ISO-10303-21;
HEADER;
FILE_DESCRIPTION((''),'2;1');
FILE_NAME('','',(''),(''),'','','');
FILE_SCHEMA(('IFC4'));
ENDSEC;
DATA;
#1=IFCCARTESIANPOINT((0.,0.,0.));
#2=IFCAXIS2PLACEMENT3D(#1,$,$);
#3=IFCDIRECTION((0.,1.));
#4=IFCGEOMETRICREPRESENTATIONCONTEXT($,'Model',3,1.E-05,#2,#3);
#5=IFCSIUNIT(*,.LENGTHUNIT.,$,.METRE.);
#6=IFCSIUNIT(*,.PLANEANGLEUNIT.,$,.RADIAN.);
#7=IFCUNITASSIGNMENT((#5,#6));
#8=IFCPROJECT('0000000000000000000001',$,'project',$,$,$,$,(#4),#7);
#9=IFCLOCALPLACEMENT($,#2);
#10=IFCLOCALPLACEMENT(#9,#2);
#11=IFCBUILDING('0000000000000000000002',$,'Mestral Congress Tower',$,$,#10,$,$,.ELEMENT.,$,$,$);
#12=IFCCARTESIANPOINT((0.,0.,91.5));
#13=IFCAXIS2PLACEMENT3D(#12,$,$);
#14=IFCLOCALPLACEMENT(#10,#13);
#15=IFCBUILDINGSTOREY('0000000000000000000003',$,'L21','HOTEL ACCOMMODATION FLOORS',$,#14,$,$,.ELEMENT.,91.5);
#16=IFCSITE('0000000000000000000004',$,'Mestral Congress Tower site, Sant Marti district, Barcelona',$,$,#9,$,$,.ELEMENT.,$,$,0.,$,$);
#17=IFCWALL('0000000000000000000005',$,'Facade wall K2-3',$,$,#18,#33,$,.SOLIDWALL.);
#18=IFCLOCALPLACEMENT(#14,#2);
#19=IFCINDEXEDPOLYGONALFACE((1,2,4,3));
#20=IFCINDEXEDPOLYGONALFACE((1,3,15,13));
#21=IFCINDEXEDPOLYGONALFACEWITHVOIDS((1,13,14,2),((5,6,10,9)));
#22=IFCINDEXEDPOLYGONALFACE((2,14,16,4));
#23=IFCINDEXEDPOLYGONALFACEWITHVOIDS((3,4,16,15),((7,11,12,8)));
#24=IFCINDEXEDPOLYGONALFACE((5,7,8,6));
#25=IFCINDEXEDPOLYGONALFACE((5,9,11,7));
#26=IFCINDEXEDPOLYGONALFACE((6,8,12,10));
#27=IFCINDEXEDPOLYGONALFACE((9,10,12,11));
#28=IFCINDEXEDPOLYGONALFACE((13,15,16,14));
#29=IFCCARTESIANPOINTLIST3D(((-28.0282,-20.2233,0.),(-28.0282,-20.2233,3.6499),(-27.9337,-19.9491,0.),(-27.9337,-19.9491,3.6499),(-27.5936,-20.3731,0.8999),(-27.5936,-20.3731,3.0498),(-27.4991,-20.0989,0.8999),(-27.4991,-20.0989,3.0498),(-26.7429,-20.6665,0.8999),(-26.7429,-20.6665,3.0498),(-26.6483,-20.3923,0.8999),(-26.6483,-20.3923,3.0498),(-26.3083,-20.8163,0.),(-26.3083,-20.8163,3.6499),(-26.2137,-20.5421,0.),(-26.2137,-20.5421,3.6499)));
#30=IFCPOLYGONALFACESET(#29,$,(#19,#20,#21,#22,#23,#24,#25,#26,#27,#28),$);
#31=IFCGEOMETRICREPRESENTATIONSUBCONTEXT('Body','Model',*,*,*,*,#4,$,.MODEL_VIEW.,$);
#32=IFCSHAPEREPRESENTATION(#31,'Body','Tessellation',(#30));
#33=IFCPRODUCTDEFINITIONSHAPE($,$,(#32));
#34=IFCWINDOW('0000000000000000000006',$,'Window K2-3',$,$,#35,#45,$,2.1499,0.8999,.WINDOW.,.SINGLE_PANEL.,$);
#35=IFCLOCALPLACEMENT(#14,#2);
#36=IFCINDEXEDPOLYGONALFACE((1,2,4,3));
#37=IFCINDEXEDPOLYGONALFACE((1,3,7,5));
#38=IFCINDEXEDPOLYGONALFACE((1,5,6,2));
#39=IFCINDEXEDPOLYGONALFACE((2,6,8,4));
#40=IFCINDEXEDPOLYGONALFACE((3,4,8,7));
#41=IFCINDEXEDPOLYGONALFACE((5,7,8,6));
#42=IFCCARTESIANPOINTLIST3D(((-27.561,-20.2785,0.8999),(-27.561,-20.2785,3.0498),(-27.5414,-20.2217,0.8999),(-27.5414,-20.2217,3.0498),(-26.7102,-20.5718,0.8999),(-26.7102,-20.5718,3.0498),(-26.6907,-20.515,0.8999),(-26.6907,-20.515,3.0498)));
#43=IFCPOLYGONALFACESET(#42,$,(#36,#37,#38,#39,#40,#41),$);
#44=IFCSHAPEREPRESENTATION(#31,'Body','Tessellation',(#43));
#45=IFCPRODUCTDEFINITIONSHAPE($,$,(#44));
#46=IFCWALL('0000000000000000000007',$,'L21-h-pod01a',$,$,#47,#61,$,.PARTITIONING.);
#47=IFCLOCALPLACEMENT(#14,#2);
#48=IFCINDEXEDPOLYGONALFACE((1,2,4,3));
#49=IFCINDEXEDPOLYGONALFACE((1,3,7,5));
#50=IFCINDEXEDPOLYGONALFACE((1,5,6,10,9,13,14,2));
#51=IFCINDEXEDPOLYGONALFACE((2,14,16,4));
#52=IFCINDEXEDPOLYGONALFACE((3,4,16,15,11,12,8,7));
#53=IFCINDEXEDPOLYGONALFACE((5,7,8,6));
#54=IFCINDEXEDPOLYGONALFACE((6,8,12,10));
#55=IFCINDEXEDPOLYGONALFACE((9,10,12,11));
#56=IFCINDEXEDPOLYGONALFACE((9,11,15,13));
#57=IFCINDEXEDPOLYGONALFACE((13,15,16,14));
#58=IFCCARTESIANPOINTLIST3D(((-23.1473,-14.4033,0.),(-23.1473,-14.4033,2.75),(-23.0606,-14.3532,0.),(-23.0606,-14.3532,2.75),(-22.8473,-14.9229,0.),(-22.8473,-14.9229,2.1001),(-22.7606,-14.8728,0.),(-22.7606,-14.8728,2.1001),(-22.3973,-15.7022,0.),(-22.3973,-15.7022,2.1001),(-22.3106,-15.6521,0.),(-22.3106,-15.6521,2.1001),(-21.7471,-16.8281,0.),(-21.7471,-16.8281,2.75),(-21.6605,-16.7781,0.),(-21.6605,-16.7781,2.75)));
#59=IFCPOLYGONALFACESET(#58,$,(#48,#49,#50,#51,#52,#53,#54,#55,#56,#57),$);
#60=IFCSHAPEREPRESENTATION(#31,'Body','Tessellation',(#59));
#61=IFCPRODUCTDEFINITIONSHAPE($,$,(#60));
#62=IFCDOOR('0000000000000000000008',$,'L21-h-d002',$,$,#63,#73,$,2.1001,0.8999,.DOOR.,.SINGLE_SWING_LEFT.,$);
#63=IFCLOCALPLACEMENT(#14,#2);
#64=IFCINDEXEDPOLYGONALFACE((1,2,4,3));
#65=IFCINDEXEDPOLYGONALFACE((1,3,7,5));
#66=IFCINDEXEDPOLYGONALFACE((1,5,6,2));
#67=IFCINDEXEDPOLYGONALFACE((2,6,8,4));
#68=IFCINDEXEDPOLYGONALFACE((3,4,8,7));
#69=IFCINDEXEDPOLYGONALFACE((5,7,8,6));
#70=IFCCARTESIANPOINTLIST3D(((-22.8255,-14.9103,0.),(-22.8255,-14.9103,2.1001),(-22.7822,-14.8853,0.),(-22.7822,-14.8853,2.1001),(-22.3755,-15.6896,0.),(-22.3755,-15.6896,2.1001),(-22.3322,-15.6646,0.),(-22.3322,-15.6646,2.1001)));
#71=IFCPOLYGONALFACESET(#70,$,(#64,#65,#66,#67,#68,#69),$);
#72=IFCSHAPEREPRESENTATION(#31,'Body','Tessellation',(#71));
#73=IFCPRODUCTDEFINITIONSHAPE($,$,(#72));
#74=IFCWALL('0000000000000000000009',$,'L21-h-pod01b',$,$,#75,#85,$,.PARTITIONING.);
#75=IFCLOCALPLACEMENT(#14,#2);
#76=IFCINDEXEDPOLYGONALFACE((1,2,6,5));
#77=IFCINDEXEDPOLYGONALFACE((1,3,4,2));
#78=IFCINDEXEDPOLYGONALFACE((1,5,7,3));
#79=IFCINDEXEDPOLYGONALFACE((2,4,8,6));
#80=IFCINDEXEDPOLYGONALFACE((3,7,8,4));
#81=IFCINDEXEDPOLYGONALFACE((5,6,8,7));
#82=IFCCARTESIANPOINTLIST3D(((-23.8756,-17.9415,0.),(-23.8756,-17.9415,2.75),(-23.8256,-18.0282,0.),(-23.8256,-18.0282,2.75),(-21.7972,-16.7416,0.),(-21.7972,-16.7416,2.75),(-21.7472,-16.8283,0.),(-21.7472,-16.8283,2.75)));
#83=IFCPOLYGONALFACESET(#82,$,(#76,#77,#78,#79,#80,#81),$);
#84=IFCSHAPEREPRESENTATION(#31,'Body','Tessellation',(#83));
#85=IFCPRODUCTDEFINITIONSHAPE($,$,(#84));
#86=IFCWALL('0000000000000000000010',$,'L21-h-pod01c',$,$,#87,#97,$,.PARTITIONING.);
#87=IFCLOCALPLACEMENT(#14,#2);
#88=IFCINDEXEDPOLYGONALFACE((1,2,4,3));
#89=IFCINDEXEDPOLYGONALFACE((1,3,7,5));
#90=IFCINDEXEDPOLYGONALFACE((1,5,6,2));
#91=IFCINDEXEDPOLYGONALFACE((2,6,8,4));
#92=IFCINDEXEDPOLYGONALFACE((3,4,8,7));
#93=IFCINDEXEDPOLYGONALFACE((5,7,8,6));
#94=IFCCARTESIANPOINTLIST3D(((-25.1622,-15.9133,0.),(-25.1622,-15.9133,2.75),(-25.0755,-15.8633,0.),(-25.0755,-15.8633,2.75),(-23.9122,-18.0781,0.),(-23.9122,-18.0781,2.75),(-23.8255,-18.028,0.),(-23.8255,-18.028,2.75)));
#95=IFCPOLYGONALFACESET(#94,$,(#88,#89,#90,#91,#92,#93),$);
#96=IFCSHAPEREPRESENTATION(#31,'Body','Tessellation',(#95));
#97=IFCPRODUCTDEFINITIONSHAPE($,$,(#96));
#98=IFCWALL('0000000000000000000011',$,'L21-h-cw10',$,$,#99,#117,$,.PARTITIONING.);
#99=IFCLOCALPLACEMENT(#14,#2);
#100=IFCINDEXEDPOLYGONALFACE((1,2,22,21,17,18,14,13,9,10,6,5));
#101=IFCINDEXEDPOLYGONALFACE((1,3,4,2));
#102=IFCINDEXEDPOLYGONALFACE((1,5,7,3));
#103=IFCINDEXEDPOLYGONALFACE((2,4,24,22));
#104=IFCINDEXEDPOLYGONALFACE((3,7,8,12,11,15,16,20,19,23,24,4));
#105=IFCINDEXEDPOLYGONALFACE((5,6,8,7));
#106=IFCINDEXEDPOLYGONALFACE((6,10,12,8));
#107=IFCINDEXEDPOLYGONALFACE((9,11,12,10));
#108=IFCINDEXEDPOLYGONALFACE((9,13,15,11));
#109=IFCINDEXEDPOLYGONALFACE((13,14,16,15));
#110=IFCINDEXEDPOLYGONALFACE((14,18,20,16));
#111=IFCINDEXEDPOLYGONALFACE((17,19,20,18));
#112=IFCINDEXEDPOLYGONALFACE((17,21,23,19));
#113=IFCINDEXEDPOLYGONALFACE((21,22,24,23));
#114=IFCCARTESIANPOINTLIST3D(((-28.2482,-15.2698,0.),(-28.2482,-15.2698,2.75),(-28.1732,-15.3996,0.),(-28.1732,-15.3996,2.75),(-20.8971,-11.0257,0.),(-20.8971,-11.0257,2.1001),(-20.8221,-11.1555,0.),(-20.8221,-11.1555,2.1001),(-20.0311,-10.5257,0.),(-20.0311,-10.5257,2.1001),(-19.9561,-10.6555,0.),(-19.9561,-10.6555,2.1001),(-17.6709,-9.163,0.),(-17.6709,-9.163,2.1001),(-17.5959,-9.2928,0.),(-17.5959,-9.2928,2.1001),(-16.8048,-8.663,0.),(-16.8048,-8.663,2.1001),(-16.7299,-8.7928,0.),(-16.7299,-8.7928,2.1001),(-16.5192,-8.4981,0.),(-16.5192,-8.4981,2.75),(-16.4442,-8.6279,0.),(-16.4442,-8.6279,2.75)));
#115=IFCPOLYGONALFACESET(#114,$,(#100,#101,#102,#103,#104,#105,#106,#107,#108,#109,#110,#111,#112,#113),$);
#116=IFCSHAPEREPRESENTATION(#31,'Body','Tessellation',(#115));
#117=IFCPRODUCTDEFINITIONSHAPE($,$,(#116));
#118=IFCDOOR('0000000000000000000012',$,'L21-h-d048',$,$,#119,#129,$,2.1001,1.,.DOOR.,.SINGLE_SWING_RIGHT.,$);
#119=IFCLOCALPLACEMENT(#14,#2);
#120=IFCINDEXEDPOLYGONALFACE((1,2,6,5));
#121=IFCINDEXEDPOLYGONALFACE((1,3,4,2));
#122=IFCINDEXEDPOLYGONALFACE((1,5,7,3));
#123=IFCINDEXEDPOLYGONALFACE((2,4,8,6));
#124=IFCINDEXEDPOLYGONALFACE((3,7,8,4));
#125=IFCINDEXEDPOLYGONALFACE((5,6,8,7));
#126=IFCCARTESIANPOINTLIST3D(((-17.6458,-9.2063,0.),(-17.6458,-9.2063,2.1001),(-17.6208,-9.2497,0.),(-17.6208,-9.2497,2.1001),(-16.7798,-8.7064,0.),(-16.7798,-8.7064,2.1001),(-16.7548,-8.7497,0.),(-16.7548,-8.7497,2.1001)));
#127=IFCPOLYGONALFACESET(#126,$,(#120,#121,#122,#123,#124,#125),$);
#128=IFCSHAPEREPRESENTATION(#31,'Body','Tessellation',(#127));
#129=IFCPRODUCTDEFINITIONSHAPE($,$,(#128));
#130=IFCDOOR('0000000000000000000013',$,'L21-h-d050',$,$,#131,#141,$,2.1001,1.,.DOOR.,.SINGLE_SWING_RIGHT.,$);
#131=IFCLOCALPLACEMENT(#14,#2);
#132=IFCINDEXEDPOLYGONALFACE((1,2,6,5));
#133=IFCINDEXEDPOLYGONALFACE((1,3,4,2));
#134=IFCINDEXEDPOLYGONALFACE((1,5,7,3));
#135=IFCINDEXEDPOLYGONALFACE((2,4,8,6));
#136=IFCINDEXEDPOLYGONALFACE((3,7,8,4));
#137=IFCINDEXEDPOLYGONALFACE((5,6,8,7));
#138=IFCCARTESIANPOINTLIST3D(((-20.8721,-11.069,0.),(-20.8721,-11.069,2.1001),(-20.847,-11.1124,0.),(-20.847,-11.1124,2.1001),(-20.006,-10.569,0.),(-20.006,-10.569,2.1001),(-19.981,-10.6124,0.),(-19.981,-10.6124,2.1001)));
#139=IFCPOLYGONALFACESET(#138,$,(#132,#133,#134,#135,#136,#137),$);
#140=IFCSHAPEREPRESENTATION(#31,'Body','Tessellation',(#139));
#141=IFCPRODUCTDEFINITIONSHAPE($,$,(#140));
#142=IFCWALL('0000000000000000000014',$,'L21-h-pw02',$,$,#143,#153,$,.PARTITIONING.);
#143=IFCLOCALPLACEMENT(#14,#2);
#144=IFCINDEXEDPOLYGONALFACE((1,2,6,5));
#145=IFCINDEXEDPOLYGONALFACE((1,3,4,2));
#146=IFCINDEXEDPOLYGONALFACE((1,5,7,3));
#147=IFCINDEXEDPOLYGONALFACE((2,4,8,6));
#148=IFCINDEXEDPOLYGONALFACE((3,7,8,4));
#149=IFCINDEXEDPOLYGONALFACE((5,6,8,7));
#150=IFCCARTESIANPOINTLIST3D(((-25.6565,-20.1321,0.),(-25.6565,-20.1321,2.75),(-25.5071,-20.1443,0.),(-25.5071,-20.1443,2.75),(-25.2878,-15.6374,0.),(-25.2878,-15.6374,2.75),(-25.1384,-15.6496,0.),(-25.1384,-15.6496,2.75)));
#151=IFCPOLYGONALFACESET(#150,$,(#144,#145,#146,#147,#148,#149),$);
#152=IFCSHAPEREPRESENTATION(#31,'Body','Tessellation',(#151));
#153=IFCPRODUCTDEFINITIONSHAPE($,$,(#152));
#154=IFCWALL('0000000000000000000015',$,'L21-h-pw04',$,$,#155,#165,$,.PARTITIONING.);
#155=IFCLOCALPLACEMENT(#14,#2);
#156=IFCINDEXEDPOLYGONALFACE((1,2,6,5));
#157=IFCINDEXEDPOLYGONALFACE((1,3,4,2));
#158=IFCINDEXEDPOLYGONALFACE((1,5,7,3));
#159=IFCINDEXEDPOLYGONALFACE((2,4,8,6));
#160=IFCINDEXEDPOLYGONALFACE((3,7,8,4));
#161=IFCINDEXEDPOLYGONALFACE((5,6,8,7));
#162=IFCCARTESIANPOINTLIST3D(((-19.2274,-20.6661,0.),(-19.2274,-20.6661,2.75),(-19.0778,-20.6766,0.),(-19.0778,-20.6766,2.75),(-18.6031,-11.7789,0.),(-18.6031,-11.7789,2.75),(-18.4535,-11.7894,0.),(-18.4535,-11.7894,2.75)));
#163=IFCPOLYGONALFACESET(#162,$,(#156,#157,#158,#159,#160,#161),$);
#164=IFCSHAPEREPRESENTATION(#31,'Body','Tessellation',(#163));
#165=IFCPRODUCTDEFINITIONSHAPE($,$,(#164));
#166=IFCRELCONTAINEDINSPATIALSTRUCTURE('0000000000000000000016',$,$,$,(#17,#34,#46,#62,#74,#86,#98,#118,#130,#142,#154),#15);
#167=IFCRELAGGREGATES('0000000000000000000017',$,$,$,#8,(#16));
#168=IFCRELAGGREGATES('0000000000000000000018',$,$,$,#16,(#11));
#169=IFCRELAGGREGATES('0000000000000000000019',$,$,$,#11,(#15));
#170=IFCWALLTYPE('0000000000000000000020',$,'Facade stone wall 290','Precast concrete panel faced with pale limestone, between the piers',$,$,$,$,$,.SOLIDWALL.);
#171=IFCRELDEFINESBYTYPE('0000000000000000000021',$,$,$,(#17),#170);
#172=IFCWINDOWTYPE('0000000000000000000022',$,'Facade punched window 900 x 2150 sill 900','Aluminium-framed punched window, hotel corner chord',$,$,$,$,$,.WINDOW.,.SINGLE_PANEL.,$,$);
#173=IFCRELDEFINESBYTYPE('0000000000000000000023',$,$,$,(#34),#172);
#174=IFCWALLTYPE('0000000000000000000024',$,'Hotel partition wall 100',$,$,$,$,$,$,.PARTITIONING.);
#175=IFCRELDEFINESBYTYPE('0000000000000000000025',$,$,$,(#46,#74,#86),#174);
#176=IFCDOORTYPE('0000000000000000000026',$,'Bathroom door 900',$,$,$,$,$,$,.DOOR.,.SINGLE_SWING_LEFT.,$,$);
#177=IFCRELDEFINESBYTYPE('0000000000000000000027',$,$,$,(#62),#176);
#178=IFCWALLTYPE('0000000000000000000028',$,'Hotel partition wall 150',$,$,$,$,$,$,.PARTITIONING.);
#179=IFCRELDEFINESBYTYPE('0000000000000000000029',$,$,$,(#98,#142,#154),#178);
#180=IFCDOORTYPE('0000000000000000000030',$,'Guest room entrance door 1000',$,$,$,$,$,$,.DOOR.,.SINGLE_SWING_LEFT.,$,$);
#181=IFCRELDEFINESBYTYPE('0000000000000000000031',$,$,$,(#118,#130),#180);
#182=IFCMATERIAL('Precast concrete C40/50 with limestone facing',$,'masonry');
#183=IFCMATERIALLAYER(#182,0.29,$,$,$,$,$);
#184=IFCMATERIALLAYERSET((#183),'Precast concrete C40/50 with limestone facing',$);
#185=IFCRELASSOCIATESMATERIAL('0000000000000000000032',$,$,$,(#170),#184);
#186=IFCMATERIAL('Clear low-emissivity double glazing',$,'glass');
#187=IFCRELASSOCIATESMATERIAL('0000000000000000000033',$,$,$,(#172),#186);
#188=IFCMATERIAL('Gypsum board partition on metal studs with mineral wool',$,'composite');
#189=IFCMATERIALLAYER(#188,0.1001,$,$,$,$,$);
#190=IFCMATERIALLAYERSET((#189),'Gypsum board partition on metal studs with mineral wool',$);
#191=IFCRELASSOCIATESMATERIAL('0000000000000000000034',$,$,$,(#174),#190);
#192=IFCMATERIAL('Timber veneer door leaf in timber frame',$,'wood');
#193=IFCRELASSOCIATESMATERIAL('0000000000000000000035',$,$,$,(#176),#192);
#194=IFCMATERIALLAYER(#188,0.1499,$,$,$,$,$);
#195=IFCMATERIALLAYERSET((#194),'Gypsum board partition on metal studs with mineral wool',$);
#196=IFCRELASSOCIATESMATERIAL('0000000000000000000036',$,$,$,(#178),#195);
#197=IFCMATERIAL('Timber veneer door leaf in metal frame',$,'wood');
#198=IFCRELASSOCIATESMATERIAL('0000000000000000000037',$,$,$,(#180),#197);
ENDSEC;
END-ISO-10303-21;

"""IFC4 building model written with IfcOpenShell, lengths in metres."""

from ifc_helpers import new_model, si_unit, direction, frame, frame_2d, origin, place, context, subcontext, project, spatial, rectangle, extrude, material, layer, layer_set, type_object, element, fill, save


model = new_model("IFC4")

# Units and contexts
model_context = context("Model", 3, precision=1e-05, world=origin(), true_north=direction((0.0, 1.0)))
body_context = subcontext(model_context, "Body", "Model", "MODEL_VIEW")
ifc_project = project(units=[si_unit("LENGTHUNIT", "METRE"), si_unit("PLANEANGLEUNIT", "RADIAN")], contexts=[model_context])

# Site, building, storey
site_placement = place(None, origin())
site = spatial("IfcSite", under=ifc_project, at=site_placement, Name="Mestral Congress Tower site, Sant Marti district, Barcelona", CompositionType="ELEMENT", RefElevation=0.0)
building_placement = place(site_placement, origin())
building = spatial("IfcBuilding", under=site, at=building_placement, Name="Mestral Congress Tower", CompositionType="ELEMENT")
storey_placement = place(building_placement, frame((0.0, 0.0, 91.5)))
storey = spatial("IfcBuildingStorey", under=building, at=storey_placement, Name="L21", Description="HOTEL ACCOMMODATION FLOORS", CompositionType="ELEMENT", Elevation=91.5)

# Shared definitions
ifc_material_1 = material(Name="Precast concrete C40/50 with limestone facing", Category="masonry")
ifc_layer_1 = layer(ifc_material_1, 0.29)
ifc_layer_set_1 = layer_set([ifc_layer_1], Name="Precast concrete C40/50 with limestone facing")
wall_type_1 = type_object("IfcWallType", Name="Facade stone wall 290", Description="Precast concrete panel faced with pale limestone, between the piers", PredefinedType="SOLIDWALL", material=ifc_layer_set_1)
ifc_material_2 = material(Name="Clear low-emissivity double glazing", Category="glass")

# Wall, opening, window
wall_1_placement = place(storey_placement, frame((-27.981, -20.0862, 0.0), z_axis=(0.0, 0.0, 1.0), x_axis=(0.945386, -0.325953, 0.0)))
wall_1 = element("IfcWall", 1, at=wall_1_placement, inside=storey, type_object=wall_type_1, Name="Facade wall K2-3", PredefinedType="SOLIDWALL", context=body_context, shape_type="SweptSolid", body=[
    extrude(rectangle(XDim=1.8193, YDim=0.29, at=frame_2d((0.9097, 0.0))), origin(), (0.0, 0.0, 1.0), 3.6499),
])
opening_1_placement = place(wall_1_placement, frame((0.4597, 0.0, 0.8999)))
opening_1 = element("IfcOpeningElement", 2, at=opening_1_placement, cuts=wall_1, PredefinedType="OPENING", context=body_context, shape_type="SweptSolid", body=[
    extrude(rectangle(XDim=0.8999, YDim=2.1499, at=frame_2d((0.45, 1.075))), frame((0.0, 0.155, 0.0), z_axis=(0.0, -1.0, 0.0), x_axis=(1.0, 0.0, 0.0)), (0.0, 0.0, 1.0), 0.3101),
])
window_type_1 = type_object("IfcWindowType", Name="Facade punched window 900 x 2150 sill 900", Description="Aluminium-framed punched window, hotel corner chord", PartitioningType="SINGLE_PANEL", PredefinedType="WINDOW", material=ifc_material_2)
window_1_placement = place(opening_1_placement, origin())
window_1 = element("IfcWindow", 3, at=window_1_placement, inside=storey, type_object=window_type_1, Name="Window K2-3", OverallHeight=2.1499, OverallWidth=0.8999, PartitioningType="SINGLE_PANEL", PredefinedType="WINDOW", context=body_context, shape_type="SweptSolid", body=[
    extrude(rectangle(XDim=0.8999, YDim=2.1499, at=frame_2d((0.45, 1.075))), frame((0.0, 0.0151, 0.0), z_axis=(0.0, -1.0, 0.0), x_axis=(1.0, 0.0, 0.0)), (0.0, 0.0, 1.0), 0.0601),
])
fill(opening_1, window_1)

# Wall, opening, door
ifc_material_3 = material(Name="Gypsum board partition on metal studs with mineral wool", Category="composite")
ifc_layer_2 = layer(ifc_material_3, 0.1001)
ifc_layer_set_2 = layer_set([ifc_layer_2], Name="Gypsum board partition on metal studs with mineral wool")
wall_type_2 = type_object("IfcWallType", Name="Hotel partition wall 100", PredefinedType="PARTITIONING", material=ifc_layer_set_2)
wall_2_placement = place(storey_placement, frame((-21.7039, -16.803, 0.0), z_axis=(0.0, 0.0, 1.0), x_axis=(-0.50005, 0.865997, 0.0)))
wall_2 = element("IfcWall", 4, at=wall_2_placement, inside=storey, type_object=wall_type_2, Name="L21-h-pod01a", PredefinedType="PARTITIONING", context=body_context, shape_type="SweptSolid", body=[
    extrude(rectangle(XDim=2.8, YDim=0.1001, at=frame_2d((1.3999, 0.0))), origin(), (0.0, 0.0, 1.0), 2.75),
])
opening_2_placement = place(wall_2_placement, frame((1.3, 0.0, 0.0)))
opening_2 = element("IfcOpeningElement", 5, at=opening_2_placement, cuts=wall_2, PredefinedType="OPENING", context=body_context, shape_type="SweptSolid", body=[
    extrude(rectangle(XDim=0.8999, YDim=2.1001, at=frame_2d((0.45, 1.05))), frame((0.0, 0.0601, 0.0), z_axis=(0.0, -1.0, 0.0), x_axis=(1.0, 0.0, 0.0)), (0.0, 0.0, 1.0), 0.1201),
])
ifc_material_4 = material(Name="Timber veneer door leaf in timber frame", Category="wood")
door_type_1 = type_object("IfcDoorType", Name="Bathroom door 900", OperationType="SINGLE_SWING_LEFT", PredefinedType="DOOR", material=ifc_material_4)
door_1_placement = place(opening_2_placement, origin())
door_1 = element("IfcDoor", 6, at=door_1_placement, inside=storey, type_object=door_type_1, Name="L21-h-d002", OperationType="SINGLE_SWING_LEFT", OverallHeight=2.1001, OverallWidth=0.8999, PredefinedType="DOOR", context=body_context, shape_type="SweptSolid", body=[
    extrude(rectangle(XDim=0.8999, YDim=2.1001, at=frame_2d((0.45, 1.05))), frame((0.0, 0.0249, 0.0), z_axis=(0.0, -1.0, 0.0), x_axis=(1.0, 0.0, 0.0)), (0.0, 0.0, 1.0), 0.05),
])
fill(opening_2, door_1)

# Walls
wall_3_placement = place(storey_placement, frame((-21.7722, -16.7849, 0.0), z_axis=(0.0, 0.0, 1.0), x_axis=(-0.866025, -0.500001, 0.0)))
element("IfcWall", 7, at=wall_3_placement, inside=storey, type_object=wall_type_2, Name="L21-h-pod01b", PredefinedType="PARTITIONING", context=body_context, shape_type="SweptSolid", body=[
    extrude(rectangle(XDim=2.3999, YDim=0.1001, at=frame_2d((1.2, 0.0))), origin(), (0.0, 0.0, 1.0), 2.75),
])
wall_4_placement = place(storey_placement, frame((-25.1189, -15.8882, 0.0), z_axis=(0.0, 0.0, 1.0), x_axis=(0.500047, -0.865999, 0.0)))
element("IfcWall", 8, at=wall_4_placement, inside=storey, type_object=wall_type_2, Name="L21-h-pod01c", PredefinedType="PARTITIONING", context=body_context, shape_type="SweptSolid", body=[
    extrude(rectangle(XDim=2.4998, YDim=0.1001, at=frame_2d((1.25, 0.0))), origin(), (0.0, 0.0, 1.0), 2.75),
])

# Wall, openings, doors
ifc_layer_3 = layer(ifc_material_3, 0.1499)
ifc_layer_set_3 = layer_set([ifc_layer_3], Name="Gypsum board partition on metal studs with mineral wool")
wall_type_3 = type_object("IfcWallType", Name="Hotel partition wall 150", PredefinedType="PARTITIONING", material=ifc_layer_set_3)
wall_5_placement = place(storey_placement, frame((-28.2107, -15.3347, 0.0), z_axis=(0.0, 0.0, 1.0), x_axis=(0.866026, 0.499999, 0.0)))
wall_5 = element("IfcWall", 9, at=wall_5_placement, inside=storey, type_object=wall_type_3, Name="L21-h-cw10", PredefinedType="PARTITIONING", context=body_context, shape_type="SweptSolid", body=[
    extrude(rectangle(XDim=13.5435, YDim=0.1499, at=frame_2d((6.7717, 0.0))), origin(), (0.0, 0.0, 1.0), 2.75),
])
opening_3_placement = place(wall_5_placement, frame((12.2136, 0.0, 0.0)))
opening_3 = element("IfcOpeningElement", 10, at=opening_3_placement, cuts=wall_5, PredefinedType="OPENING", context=body_context, shape_type="SweptSolid", body=[
    extrude(rectangle(XDim=1.0, YDim=2.1001, at=frame_2d((0.5, 1.05))), frame((0.0, 0.085, 0.0), z_axis=(0.0, -1.0, 0.0), x_axis=(1.0, 0.0, 0.0)), (0.0, 0.0, 1.0), 0.1699),
])
opening_4_placement = place(wall_5_placement, frame((8.4883, 0.0, 0.0)))
opening_4 = element("IfcOpeningElement", 11, at=opening_4_placement, cuts=wall_5, PredefinedType="OPENING", context=body_context, shape_type="SweptSolid", body=[
    extrude(rectangle(XDim=1.0, YDim=2.1001, at=frame_2d((0.5, 1.05))), frame((0.0, 0.085, 0.0), z_axis=(0.0, -1.0, 0.0), x_axis=(1.0, 0.0, 0.0)), (0.0, 0.0, 1.0), 0.1699),
])
ifc_material_5 = material(Name="Timber veneer door leaf in metal frame", Category="wood")
door_type_2 = type_object("IfcDoorType", Name="Guest room entrance door 1000", OperationType="SINGLE_SWING_LEFT", PredefinedType="DOOR", material=ifc_material_5)
door_2_placement = place(opening_3_placement, origin())
door_2 = element("IfcDoor", 12, at=door_2_placement, inside=storey, type_object=door_type_2, Name="L21-h-d048", OperationType="SINGLE_SWING_RIGHT", OverallHeight=2.1001, OverallWidth=1.0, PredefinedType="DOOR", context=body_context, shape_type="SweptSolid", body=[
    extrude(rectangle(XDim=1.0, YDim=2.1001, at=frame_2d((0.5, 1.05))), frame((0.0, 0.0249, 0.0), z_axis=(0.0, -1.0, 0.0), x_axis=(1.0, 0.0, 0.0)), (0.0, 0.0, 1.0), 0.05),
])
fill(opening_3, door_2)
door_3_placement = place(opening_4_placement, origin())
door_3 = element("IfcDoor", 13, at=door_3_placement, inside=storey, type_object=door_type_2, Name="L21-h-d050", OperationType="SINGLE_SWING_RIGHT", OverallHeight=2.1001, OverallWidth=1.0, PredefinedType="DOOR", context=body_context, shape_type="SweptSolid", body=[
    extrude(rectangle(XDim=1.0, YDim=2.1001, at=frame_2d((0.5, 1.05))), frame((0.0, 0.0249, 0.0), z_axis=(0.0, -1.0, 0.0), x_axis=(1.0, 0.0, 0.0)), (0.0, 0.0, 1.0), 0.05),
])
fill(opening_4, door_3)

# Walls
wall_6_placement = place(storey_placement, frame((-25.5818, -20.1382, 0.0), z_axis=(0.0, 0.0, 1.0), x_axis=(0.081746, 0.996653, 0.0)))
element("IfcWall", 14, at=wall_6_placement, inside=storey, type_object=wall_type_3, Name="L21-h-pw02", PredefinedType="PARTITIONING", context=body_context, shape_type="SweptSolid", body=[
    extrude(rectangle(XDim=4.5098, YDim=0.1499, at=frame_2d((2.2549, 0.0))), origin(), (0.0, 0.0, 1.0), 2.75),
])
wall_7_placement = place(storey_placement, frame((-19.1526, -20.6714, 0.0), z_axis=(0.0, 0.0, 1.0), x_axis=(0.070071, 0.997542, 0.0)))
element("IfcWall", 15, at=wall_7_placement, inside=storey, type_object=wall_type_3, Name="L21-h-pw04", PredefinedType="PARTITIONING", context=body_context, shape_type="SweptSolid", body=[
    extrude(rectangle(XDim=8.9092, YDim=0.1499, at=frame_2d((4.4546, 0.0))), origin(), (0.0, 0.0, 1.0), 2.75),
])

save(model, "model.ifc")
